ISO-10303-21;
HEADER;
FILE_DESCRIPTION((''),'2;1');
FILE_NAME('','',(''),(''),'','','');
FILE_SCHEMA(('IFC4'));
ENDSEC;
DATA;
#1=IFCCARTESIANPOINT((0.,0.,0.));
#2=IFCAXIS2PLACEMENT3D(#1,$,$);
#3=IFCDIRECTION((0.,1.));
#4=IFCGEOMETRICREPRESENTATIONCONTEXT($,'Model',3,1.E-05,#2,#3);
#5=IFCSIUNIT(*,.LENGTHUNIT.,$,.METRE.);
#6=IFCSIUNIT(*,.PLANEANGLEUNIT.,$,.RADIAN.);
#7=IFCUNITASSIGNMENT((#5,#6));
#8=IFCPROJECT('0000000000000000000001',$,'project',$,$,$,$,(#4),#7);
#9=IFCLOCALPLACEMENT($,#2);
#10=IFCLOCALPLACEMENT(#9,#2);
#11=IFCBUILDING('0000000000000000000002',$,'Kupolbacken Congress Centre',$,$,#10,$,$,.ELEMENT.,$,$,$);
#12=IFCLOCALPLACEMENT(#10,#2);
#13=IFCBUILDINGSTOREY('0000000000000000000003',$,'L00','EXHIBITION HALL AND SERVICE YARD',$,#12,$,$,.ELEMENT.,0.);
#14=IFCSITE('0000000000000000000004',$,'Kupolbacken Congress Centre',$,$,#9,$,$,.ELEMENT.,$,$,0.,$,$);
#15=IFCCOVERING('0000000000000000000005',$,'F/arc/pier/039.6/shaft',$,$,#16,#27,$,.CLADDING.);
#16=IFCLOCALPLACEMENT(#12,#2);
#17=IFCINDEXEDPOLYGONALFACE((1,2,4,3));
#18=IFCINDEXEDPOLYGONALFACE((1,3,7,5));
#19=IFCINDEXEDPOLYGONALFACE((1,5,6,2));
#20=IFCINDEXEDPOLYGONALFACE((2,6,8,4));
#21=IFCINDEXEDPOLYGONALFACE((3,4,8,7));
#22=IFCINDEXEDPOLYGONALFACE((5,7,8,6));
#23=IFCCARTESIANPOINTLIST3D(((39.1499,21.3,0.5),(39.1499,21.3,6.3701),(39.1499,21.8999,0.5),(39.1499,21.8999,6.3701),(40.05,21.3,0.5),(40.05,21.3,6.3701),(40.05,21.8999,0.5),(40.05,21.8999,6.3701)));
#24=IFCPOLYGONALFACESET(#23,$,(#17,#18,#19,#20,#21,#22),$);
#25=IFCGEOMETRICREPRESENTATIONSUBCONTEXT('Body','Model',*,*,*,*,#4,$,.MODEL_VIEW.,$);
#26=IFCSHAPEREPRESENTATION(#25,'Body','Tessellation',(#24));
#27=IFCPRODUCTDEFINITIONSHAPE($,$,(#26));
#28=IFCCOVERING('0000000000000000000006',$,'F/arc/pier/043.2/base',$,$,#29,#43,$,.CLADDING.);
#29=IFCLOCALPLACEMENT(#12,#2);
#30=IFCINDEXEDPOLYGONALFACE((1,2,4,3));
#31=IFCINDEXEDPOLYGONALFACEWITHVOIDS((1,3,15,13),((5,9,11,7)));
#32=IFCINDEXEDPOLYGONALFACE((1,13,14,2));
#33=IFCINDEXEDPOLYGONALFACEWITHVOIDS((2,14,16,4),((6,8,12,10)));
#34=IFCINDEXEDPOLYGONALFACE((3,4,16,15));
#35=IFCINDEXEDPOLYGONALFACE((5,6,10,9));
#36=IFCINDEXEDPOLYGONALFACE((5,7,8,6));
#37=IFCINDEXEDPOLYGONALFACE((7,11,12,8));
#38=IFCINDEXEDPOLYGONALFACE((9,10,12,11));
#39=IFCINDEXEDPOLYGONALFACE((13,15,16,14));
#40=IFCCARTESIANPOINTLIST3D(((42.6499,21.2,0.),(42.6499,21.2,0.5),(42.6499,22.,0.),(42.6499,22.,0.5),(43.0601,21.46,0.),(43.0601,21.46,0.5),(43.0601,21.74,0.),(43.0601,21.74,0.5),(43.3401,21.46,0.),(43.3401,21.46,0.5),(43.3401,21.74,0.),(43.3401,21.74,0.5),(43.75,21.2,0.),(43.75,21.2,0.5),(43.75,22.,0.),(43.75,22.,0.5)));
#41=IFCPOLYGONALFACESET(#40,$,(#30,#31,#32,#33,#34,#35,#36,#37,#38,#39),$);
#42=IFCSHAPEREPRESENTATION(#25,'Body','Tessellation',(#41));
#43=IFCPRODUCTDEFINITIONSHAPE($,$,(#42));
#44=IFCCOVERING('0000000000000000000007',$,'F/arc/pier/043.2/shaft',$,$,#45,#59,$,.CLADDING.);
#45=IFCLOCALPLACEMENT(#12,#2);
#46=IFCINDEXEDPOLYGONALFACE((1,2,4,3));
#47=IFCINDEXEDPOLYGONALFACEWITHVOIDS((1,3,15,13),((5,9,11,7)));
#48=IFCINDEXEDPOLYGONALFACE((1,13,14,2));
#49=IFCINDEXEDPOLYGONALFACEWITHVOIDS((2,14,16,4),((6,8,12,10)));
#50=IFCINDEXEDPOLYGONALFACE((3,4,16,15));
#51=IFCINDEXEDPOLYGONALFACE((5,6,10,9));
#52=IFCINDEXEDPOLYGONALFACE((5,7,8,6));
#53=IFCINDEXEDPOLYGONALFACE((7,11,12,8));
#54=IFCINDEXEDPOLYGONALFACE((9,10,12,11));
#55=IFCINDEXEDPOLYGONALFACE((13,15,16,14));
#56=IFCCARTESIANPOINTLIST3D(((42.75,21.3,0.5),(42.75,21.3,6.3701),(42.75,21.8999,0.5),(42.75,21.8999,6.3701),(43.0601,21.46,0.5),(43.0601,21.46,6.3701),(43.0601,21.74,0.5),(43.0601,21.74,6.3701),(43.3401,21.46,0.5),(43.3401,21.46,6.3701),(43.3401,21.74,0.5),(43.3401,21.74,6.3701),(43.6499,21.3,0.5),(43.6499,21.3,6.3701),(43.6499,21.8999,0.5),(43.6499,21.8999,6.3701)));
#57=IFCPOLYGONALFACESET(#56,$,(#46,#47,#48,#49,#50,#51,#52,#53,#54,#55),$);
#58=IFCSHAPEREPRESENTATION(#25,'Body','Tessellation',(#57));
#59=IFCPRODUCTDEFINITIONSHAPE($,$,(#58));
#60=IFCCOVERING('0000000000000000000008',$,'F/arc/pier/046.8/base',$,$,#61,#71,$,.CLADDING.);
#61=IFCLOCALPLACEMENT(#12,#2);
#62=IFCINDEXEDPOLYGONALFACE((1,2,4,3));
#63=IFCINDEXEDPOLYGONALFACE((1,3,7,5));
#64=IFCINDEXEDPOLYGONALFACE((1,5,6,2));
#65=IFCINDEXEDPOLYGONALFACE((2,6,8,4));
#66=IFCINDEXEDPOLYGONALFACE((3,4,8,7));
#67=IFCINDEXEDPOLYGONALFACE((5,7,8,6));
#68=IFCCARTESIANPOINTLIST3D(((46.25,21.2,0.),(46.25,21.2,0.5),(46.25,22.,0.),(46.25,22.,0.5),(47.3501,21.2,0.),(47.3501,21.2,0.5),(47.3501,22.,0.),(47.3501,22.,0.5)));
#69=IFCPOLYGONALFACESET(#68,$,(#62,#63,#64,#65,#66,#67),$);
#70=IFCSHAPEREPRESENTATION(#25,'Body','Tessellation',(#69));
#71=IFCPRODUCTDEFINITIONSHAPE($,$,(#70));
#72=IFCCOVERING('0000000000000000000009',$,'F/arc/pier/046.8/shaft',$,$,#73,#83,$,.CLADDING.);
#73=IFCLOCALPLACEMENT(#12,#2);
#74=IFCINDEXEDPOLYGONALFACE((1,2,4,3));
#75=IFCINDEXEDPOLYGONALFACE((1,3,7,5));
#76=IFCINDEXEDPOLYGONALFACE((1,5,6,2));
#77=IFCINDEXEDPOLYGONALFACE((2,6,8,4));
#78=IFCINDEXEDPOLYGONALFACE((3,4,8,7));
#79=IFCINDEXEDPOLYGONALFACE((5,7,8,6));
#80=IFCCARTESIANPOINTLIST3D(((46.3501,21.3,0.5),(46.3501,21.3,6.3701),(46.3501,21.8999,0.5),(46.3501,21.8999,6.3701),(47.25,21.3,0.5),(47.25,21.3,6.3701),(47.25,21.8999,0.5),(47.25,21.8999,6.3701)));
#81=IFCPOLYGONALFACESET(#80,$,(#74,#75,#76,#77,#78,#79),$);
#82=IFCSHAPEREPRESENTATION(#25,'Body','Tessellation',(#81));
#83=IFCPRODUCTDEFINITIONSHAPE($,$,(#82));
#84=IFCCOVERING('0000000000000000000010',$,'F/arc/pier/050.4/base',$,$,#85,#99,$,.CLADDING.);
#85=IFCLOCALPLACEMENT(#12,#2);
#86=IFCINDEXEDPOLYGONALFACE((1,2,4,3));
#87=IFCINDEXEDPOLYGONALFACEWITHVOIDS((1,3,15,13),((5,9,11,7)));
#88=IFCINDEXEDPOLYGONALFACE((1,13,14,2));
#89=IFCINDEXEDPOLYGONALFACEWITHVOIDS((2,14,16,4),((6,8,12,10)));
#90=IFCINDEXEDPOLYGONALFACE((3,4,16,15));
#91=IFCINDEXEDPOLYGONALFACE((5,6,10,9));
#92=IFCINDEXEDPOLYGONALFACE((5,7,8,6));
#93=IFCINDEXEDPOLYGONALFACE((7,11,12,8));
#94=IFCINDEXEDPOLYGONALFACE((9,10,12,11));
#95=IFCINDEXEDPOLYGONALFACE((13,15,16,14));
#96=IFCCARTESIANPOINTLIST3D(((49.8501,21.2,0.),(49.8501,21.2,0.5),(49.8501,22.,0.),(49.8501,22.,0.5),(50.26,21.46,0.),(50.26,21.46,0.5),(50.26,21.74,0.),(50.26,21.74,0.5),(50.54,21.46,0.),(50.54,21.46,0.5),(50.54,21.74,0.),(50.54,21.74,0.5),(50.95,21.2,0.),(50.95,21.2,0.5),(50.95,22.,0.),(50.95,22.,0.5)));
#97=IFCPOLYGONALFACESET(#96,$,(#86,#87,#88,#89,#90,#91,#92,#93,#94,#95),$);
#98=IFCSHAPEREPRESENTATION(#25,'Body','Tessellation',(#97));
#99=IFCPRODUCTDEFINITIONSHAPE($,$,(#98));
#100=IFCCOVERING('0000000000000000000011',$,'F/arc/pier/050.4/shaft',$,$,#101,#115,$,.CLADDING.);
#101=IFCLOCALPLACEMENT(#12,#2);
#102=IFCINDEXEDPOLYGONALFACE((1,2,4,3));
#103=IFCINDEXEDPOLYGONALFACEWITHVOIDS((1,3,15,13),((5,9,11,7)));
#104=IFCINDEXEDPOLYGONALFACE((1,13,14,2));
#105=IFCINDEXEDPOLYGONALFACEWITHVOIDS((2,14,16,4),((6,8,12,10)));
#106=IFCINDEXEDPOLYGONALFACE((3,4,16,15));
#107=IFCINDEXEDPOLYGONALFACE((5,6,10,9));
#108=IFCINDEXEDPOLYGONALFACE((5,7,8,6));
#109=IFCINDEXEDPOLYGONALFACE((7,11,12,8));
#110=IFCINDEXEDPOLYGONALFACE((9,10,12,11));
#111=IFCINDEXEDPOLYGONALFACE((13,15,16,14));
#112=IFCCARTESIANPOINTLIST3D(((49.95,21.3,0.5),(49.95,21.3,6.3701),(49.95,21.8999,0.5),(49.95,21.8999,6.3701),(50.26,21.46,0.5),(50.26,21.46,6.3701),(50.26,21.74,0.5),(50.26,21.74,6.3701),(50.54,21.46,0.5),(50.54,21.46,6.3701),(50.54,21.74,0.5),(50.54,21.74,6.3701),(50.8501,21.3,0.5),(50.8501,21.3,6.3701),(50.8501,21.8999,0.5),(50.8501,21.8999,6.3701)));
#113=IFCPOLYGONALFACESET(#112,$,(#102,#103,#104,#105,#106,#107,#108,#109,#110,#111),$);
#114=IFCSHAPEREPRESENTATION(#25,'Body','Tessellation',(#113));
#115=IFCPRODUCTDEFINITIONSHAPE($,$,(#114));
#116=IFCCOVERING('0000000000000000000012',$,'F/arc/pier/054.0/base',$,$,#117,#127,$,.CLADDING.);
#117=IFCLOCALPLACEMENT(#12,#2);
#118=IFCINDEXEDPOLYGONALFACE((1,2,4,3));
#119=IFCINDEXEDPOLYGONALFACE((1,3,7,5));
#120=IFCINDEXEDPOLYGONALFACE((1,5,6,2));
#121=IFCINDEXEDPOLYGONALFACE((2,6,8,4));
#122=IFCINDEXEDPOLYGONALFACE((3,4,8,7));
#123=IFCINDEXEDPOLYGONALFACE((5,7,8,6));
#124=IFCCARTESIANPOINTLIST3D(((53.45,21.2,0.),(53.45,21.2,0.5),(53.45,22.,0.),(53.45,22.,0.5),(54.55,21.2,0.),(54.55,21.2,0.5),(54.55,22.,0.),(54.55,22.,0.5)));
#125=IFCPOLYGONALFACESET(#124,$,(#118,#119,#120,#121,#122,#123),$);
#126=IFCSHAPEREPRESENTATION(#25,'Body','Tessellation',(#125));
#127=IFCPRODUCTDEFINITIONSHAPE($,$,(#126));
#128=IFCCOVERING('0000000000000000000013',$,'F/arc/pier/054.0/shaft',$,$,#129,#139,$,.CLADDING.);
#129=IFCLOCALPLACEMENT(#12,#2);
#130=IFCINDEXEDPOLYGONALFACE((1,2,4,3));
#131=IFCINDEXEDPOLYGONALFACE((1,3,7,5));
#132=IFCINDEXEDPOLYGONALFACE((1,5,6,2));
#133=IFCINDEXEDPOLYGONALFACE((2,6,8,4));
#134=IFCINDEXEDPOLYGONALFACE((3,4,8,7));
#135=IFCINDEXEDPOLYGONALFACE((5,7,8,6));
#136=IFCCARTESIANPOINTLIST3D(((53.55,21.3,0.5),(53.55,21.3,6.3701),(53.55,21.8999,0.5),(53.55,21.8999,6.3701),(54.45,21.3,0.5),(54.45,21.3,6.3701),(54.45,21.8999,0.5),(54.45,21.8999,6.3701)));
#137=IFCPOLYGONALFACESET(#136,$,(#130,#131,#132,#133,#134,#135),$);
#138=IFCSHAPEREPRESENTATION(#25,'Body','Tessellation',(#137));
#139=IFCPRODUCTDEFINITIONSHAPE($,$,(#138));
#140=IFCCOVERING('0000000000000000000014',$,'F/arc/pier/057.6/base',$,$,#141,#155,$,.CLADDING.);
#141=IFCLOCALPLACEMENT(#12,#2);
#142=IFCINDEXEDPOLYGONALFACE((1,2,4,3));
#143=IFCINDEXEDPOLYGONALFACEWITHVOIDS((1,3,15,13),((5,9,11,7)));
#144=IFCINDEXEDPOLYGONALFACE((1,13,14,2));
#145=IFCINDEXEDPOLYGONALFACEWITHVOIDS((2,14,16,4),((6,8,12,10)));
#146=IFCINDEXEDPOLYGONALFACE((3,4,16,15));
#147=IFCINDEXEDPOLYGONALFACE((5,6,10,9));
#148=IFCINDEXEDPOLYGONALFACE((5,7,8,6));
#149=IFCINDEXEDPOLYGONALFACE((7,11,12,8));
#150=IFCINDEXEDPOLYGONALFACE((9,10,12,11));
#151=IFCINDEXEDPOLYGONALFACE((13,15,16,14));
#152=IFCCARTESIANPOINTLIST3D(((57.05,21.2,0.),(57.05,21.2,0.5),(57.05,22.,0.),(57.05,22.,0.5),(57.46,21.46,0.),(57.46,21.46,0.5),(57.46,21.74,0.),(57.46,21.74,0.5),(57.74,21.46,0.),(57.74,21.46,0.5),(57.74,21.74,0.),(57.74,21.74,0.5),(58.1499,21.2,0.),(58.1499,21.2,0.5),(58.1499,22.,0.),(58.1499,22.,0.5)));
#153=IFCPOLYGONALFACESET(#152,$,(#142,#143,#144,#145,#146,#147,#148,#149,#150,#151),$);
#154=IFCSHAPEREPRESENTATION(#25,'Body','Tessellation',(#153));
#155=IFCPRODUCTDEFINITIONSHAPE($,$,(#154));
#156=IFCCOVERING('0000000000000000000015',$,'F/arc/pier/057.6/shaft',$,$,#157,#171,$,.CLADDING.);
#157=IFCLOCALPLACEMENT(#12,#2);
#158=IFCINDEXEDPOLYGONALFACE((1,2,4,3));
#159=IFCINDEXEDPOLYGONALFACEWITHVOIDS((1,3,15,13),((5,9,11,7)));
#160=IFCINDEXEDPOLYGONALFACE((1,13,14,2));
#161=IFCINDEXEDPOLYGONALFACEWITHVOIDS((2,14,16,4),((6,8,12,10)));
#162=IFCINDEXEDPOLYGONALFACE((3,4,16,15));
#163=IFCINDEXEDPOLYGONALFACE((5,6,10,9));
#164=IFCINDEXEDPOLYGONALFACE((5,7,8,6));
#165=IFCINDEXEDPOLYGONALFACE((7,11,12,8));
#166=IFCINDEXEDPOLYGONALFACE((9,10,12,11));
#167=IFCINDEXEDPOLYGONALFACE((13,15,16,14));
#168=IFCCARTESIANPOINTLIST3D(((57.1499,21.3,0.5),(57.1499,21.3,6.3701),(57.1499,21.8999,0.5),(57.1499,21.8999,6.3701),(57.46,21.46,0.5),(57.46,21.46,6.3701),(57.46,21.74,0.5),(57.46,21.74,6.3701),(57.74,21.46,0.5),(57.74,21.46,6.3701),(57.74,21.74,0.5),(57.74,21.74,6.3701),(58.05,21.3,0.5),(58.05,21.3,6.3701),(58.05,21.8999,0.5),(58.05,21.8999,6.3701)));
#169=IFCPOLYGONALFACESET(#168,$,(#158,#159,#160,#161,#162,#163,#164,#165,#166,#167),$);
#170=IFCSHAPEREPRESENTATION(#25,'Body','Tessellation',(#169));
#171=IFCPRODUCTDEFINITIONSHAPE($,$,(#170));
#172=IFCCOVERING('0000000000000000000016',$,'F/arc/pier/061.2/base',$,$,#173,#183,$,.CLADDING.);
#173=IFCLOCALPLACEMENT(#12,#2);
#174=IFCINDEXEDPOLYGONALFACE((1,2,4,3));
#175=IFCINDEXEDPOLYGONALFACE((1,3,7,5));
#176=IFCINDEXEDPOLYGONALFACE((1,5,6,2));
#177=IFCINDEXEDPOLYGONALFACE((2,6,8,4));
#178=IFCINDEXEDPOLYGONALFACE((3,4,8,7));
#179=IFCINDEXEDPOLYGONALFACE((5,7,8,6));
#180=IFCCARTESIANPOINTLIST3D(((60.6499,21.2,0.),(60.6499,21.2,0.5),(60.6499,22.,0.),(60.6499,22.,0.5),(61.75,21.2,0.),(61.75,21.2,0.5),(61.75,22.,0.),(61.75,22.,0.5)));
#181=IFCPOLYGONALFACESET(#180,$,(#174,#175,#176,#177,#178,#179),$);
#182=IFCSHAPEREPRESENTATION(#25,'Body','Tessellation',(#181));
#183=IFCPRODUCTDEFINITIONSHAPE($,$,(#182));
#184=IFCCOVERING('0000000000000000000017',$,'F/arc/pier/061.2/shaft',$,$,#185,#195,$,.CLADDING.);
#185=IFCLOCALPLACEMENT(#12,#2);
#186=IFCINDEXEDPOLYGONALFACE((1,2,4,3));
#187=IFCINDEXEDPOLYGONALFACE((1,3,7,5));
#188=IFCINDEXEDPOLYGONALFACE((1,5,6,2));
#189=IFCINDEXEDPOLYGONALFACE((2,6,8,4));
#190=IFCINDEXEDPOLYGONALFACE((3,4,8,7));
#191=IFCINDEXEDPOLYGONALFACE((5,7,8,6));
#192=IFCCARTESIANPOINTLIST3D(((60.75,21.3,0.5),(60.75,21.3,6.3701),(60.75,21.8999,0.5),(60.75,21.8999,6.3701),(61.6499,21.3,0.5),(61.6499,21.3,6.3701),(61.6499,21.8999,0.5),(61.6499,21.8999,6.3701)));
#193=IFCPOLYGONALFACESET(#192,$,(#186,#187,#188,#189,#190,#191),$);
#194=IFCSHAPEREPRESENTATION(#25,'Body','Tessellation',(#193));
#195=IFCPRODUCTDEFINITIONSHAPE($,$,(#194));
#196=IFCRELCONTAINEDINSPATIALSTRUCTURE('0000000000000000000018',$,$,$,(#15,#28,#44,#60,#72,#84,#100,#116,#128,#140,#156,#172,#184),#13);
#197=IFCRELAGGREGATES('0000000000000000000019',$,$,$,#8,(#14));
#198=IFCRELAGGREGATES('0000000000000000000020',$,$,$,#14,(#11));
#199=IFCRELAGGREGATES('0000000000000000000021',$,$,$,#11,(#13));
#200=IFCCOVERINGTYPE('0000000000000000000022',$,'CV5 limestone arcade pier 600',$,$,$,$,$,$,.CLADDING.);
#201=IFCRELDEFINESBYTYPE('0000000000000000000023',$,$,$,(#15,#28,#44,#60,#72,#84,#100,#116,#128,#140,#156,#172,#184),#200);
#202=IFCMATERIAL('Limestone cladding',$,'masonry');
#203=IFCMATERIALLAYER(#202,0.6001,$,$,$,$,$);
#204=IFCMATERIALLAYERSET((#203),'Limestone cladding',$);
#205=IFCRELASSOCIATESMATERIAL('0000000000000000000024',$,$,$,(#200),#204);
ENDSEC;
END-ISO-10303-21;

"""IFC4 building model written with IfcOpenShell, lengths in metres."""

from ifc_helpers import new_model, si_unit, direction, frame, origin, place, context, subcontext, project, spatial, polyline, outline, extrude, material, layer, layer_set, type_object, element, save


model = new_model("IFC4")

# Units and contexts
model_context = context("Model", 3, precision=1e-05, world=origin(), true_north=direction((0.0, 1.0)))
body_context = subcontext(model_context, "Body", "Model", "MODEL_VIEW")
ifc_project = project(units=[si_unit("LENGTHUNIT", "METRE"), si_unit("PLANEANGLEUNIT", "RADIAN")], contexts=[model_context])

# Site, building, storey
site_placement = place(None, origin())
site = spatial("IfcSite", under=ifc_project, at=site_placement, Name="Kupolbacken Congress Centre", CompositionType="ELEMENT", RefElevation=0.0)
building_placement = place(site_placement, origin())
building = spatial("IfcBuilding", under=site, at=building_placement, Name="Kupolbacken Congress Centre", CompositionType="ELEMENT")
storey_placement = place(building_placement, origin())
storey = spatial("IfcBuildingStorey", under=building, at=storey_placement, Name="L00", Description="EXHIBITION HALL AND SERVICE YARD", CompositionType="ELEMENT", Elevation=0.0)

# Coverings
ifc_material = material(Name="Limestone cladding", Category="masonry")
ifc_layer = layer(ifc_material, 0.6001)
ifc_layer_set = layer_set([ifc_layer], Name="Limestone cladding")
covering_type = type_object("IfcCoveringType", Name="CV5 limestone arcade pier 600", PredefinedType="CLADDING", material=ifc_layer_set)
covering_1_placement = place(storey_placement, frame((0.0, 0.0, 0.5)))
element("IfcCovering", 1, at=covering_1_placement, inside=storey, type_object=covering_type, Name="F/arc/pier/039.6/shaft", PredefinedType="CLADDING", context=body_context, shape_type="SweptSolid", body=[
    extrude(outline(polyline([(39.1499, 21.3), (40.05, 21.3), (40.05, 21.8999), (39.1499, 21.8999), (39.1499, 21.3)])), origin(), (0.0, 0.0, 1.0), 5.8701),
])
covering_2_placement = place(storey_placement, origin())
element("IfcCovering", 2, at=covering_2_placement, inside=storey, type_object=covering_type, Name="F/arc/pier/043.2/base", PredefinedType="CLADDING", context=body_context, shape_type="SweptSolid", body=[
    extrude(outline(polyline([(42.6499, 21.2), (43.75, 21.2), (43.75, 22.0), (42.6499, 22.0), (42.6499, 21.2)]), holes=[polyline([(43.0601, 21.46), (43.3401, 21.46), (43.3401, 21.74), (43.0601, 21.74), (43.0601, 21.46)])]), origin(), (0.0, 0.0, 1.0), 0.5),
])
covering_3_placement = place(storey_placement, frame((0.0, 0.0, 0.5)))
element("IfcCovering", 3, at=covering_3_placement, inside=storey, type_object=covering_type, Name="F/arc/pier/043.2/shaft", PredefinedType="CLADDING", context=body_context, shape_type="SweptSolid", body=[
    extrude(outline(polyline([(42.75, 21.3), (43.6499, 21.3), (43.6499, 21.8999), (42.75, 21.8999), (42.75, 21.3)]), holes=[polyline([(43.0601, 21.46), (43.3401, 21.46), (43.3401, 21.74), (43.0601, 21.74), (43.0601, 21.46)])]), origin(), (0.0, 0.0, 1.0), 5.8701),
])
covering_4_placement = place(storey_placement, origin())
element("IfcCovering", 4, at=covering_4_placement, inside=storey, type_object=covering_type, Name="F/arc/pier/046.8/base", PredefinedType="CLADDING", context=body_context, shape_type="SweptSolid", body=[
    extrude(outline(polyline([(46.25, 21.2), (47.3501, 21.2), (47.3501, 22.0), (46.25, 22.0), (46.25, 21.2)])), origin(), (0.0, 0.0, 1.0), 0.5),
])
covering_5_placement = place(storey_placement, frame((0.0, 0.0, 0.5)))
element("IfcCovering", 5, at=covering_5_placement, inside=storey, type_object=covering_type, Name="F/arc/pier/046.8/shaft", PredefinedType="CLADDING", context=body_context, shape_type="SweptSolid", body=[
    extrude(outline(polyline([(46.3501, 21.3), (47.25, 21.3), (47.25, 21.8999), (46.3501, 21.8999), (46.3501, 21.3)])), origin(), (0.0, 0.0, 1.0), 5.8701),
])
covering_6_placement = place(storey_placement, origin())
element("IfcCovering", 6, at=covering_6_placement, inside=storey, type_object=covering_type, Name="F/arc/pier/050.4/base", PredefinedType="CLADDING", context=body_context, shape_type="SweptSolid", body=[
    extrude(outline(polyline([(49.8501, 21.2), (50.95, 21.2), (50.95, 22.0), (49.8501, 22.0), (49.8501, 21.2)]), holes=[polyline([(50.26, 21.46), (50.54, 21.46), (50.54, 21.74), (50.26, 21.74), (50.26, 21.46)])]), origin(), (0.0, 0.0, 1.0), 0.5),
])
covering_7_placement = place(storey_placement, frame((0.0, 0.0, 0.5)))
element("IfcCovering", 7, at=covering_7_placement, inside=storey, type_object=covering_type, Name="F/arc/pier/050.4/shaft", PredefinedType="CLADDING", context=body_context, shape_type="SweptSolid", body=[
    extrude(outline(polyline([(49.95, 21.3), (50.8501, 21.3), (50.8501, 21.8999), (49.95, 21.8999), (49.95, 21.3)]), holes=[polyline([(50.26, 21.46), (50.54, 21.46), (50.54, 21.74), (50.26, 21.74), (50.26, 21.46)])]), origin(), (0.0, 0.0, 1.0), 5.8701),
])
covering_8_placement = place(storey_placement, origin())
element("IfcCovering", 8, at=covering_8_placement, inside=storey, type_object=covering_type, Name="F/arc/pier/054.0/base", PredefinedType="CLADDING", context=body_context, shape_type="SweptSolid", body=[
    extrude(outline(polyline([(53.45, 21.2), (54.55, 21.2), (54.55, 22.0), (53.45, 22.0), (53.45, 21.2)])), origin(), (0.0, 0.0, 1.0), 0.5),
])
covering_9_placement = place(storey_placement, frame((0.0, 0.0, 0.5)))
element("IfcCovering", 9, at=covering_9_placement, inside=storey, type_object=covering_type, Name="F/arc/pier/054.0/shaft", PredefinedType="CLADDING", context=body_context, shape_type="SweptSolid", body=[
    extrude(outline(polyline([(53.55, 21.3), (54.45, 21.3), (54.45, 21.8999), (53.55, 21.8999), (53.55, 21.3)])), origin(), (0.0, 0.0, 1.0), 5.8701),
])
covering_10_placement = place(storey_placement, origin())
element("IfcCovering", 10, at=covering_10_placement, inside=storey, type_object=covering_type, Name="F/arc/pier/057.6/base", PredefinedType="CLADDING", context=body_context, shape_type="SweptSolid", body=[
    extrude(outline(polyline([(57.05, 21.2), (58.1499, 21.2), (58.1499, 22.0), (57.05, 22.0), (57.05, 21.2)]), holes=[polyline([(57.46, 21.46), (57.74, 21.46), (57.74, 21.74), (57.46, 21.74), (57.46, 21.46)])]), origin(), (0.0, 0.0, 1.0), 0.5),
])
covering_11_placement = place(storey_placement, frame((0.0, 0.0, 0.5)))
element("IfcCovering", 11, at=covering_11_placement, inside=storey, type_object=covering_type, Name="F/arc/pier/057.6/shaft", PredefinedType="CLADDING", context=body_context, shape_type="SweptSolid", body=[
    extrude(outline(polyline([(57.1499, 21.3), (58.05, 21.3), (58.05, 21.8999), (57.1499, 21.8999), (57.1499, 21.3)]), holes=[polyline([(57.46, 21.46), (57.74, 21.46), (57.74, 21.74), (57.46, 21.74), (57.46, 21.46)])]), origin(), (0.0, 0.0, 1.0), 5.8701),
])
covering_12_placement = place(storey_placement, origin())
element("IfcCovering", 12, at=covering_12_placement, inside=storey, type_object=covering_type, Name="F/arc/pier/061.2/base", PredefinedType="CLADDING", context=body_context, shape_type="SweptSolid", body=[
    extrude(outline(polyline([(60.6499, 21.2), (61.75, 21.2), (61.75, 22.0), (60.6499, 22.0), (60.6499, 21.2)])), origin(), (0.0, 0.0, 1.0), 0.5),
])
covering_13_placement = place(storey_placement, frame((0.0, 0.0, 0.5)))
element("IfcCovering", 13, at=covering_13_placement, inside=storey, type_object=covering_type, Name="F/arc/pier/061.2/shaft", PredefinedType="CLADDING", context=body_context, shape_type="SweptSolid", body=[
    extrude(outline(polyline([(60.75, 21.3), (61.6499, 21.3), (61.6499, 21.8999), (60.75, 21.8999), (60.75, 21.3)])), origin(), (0.0, 0.0, 1.0), 5.8701),
])

save(model, "model.ifc")
